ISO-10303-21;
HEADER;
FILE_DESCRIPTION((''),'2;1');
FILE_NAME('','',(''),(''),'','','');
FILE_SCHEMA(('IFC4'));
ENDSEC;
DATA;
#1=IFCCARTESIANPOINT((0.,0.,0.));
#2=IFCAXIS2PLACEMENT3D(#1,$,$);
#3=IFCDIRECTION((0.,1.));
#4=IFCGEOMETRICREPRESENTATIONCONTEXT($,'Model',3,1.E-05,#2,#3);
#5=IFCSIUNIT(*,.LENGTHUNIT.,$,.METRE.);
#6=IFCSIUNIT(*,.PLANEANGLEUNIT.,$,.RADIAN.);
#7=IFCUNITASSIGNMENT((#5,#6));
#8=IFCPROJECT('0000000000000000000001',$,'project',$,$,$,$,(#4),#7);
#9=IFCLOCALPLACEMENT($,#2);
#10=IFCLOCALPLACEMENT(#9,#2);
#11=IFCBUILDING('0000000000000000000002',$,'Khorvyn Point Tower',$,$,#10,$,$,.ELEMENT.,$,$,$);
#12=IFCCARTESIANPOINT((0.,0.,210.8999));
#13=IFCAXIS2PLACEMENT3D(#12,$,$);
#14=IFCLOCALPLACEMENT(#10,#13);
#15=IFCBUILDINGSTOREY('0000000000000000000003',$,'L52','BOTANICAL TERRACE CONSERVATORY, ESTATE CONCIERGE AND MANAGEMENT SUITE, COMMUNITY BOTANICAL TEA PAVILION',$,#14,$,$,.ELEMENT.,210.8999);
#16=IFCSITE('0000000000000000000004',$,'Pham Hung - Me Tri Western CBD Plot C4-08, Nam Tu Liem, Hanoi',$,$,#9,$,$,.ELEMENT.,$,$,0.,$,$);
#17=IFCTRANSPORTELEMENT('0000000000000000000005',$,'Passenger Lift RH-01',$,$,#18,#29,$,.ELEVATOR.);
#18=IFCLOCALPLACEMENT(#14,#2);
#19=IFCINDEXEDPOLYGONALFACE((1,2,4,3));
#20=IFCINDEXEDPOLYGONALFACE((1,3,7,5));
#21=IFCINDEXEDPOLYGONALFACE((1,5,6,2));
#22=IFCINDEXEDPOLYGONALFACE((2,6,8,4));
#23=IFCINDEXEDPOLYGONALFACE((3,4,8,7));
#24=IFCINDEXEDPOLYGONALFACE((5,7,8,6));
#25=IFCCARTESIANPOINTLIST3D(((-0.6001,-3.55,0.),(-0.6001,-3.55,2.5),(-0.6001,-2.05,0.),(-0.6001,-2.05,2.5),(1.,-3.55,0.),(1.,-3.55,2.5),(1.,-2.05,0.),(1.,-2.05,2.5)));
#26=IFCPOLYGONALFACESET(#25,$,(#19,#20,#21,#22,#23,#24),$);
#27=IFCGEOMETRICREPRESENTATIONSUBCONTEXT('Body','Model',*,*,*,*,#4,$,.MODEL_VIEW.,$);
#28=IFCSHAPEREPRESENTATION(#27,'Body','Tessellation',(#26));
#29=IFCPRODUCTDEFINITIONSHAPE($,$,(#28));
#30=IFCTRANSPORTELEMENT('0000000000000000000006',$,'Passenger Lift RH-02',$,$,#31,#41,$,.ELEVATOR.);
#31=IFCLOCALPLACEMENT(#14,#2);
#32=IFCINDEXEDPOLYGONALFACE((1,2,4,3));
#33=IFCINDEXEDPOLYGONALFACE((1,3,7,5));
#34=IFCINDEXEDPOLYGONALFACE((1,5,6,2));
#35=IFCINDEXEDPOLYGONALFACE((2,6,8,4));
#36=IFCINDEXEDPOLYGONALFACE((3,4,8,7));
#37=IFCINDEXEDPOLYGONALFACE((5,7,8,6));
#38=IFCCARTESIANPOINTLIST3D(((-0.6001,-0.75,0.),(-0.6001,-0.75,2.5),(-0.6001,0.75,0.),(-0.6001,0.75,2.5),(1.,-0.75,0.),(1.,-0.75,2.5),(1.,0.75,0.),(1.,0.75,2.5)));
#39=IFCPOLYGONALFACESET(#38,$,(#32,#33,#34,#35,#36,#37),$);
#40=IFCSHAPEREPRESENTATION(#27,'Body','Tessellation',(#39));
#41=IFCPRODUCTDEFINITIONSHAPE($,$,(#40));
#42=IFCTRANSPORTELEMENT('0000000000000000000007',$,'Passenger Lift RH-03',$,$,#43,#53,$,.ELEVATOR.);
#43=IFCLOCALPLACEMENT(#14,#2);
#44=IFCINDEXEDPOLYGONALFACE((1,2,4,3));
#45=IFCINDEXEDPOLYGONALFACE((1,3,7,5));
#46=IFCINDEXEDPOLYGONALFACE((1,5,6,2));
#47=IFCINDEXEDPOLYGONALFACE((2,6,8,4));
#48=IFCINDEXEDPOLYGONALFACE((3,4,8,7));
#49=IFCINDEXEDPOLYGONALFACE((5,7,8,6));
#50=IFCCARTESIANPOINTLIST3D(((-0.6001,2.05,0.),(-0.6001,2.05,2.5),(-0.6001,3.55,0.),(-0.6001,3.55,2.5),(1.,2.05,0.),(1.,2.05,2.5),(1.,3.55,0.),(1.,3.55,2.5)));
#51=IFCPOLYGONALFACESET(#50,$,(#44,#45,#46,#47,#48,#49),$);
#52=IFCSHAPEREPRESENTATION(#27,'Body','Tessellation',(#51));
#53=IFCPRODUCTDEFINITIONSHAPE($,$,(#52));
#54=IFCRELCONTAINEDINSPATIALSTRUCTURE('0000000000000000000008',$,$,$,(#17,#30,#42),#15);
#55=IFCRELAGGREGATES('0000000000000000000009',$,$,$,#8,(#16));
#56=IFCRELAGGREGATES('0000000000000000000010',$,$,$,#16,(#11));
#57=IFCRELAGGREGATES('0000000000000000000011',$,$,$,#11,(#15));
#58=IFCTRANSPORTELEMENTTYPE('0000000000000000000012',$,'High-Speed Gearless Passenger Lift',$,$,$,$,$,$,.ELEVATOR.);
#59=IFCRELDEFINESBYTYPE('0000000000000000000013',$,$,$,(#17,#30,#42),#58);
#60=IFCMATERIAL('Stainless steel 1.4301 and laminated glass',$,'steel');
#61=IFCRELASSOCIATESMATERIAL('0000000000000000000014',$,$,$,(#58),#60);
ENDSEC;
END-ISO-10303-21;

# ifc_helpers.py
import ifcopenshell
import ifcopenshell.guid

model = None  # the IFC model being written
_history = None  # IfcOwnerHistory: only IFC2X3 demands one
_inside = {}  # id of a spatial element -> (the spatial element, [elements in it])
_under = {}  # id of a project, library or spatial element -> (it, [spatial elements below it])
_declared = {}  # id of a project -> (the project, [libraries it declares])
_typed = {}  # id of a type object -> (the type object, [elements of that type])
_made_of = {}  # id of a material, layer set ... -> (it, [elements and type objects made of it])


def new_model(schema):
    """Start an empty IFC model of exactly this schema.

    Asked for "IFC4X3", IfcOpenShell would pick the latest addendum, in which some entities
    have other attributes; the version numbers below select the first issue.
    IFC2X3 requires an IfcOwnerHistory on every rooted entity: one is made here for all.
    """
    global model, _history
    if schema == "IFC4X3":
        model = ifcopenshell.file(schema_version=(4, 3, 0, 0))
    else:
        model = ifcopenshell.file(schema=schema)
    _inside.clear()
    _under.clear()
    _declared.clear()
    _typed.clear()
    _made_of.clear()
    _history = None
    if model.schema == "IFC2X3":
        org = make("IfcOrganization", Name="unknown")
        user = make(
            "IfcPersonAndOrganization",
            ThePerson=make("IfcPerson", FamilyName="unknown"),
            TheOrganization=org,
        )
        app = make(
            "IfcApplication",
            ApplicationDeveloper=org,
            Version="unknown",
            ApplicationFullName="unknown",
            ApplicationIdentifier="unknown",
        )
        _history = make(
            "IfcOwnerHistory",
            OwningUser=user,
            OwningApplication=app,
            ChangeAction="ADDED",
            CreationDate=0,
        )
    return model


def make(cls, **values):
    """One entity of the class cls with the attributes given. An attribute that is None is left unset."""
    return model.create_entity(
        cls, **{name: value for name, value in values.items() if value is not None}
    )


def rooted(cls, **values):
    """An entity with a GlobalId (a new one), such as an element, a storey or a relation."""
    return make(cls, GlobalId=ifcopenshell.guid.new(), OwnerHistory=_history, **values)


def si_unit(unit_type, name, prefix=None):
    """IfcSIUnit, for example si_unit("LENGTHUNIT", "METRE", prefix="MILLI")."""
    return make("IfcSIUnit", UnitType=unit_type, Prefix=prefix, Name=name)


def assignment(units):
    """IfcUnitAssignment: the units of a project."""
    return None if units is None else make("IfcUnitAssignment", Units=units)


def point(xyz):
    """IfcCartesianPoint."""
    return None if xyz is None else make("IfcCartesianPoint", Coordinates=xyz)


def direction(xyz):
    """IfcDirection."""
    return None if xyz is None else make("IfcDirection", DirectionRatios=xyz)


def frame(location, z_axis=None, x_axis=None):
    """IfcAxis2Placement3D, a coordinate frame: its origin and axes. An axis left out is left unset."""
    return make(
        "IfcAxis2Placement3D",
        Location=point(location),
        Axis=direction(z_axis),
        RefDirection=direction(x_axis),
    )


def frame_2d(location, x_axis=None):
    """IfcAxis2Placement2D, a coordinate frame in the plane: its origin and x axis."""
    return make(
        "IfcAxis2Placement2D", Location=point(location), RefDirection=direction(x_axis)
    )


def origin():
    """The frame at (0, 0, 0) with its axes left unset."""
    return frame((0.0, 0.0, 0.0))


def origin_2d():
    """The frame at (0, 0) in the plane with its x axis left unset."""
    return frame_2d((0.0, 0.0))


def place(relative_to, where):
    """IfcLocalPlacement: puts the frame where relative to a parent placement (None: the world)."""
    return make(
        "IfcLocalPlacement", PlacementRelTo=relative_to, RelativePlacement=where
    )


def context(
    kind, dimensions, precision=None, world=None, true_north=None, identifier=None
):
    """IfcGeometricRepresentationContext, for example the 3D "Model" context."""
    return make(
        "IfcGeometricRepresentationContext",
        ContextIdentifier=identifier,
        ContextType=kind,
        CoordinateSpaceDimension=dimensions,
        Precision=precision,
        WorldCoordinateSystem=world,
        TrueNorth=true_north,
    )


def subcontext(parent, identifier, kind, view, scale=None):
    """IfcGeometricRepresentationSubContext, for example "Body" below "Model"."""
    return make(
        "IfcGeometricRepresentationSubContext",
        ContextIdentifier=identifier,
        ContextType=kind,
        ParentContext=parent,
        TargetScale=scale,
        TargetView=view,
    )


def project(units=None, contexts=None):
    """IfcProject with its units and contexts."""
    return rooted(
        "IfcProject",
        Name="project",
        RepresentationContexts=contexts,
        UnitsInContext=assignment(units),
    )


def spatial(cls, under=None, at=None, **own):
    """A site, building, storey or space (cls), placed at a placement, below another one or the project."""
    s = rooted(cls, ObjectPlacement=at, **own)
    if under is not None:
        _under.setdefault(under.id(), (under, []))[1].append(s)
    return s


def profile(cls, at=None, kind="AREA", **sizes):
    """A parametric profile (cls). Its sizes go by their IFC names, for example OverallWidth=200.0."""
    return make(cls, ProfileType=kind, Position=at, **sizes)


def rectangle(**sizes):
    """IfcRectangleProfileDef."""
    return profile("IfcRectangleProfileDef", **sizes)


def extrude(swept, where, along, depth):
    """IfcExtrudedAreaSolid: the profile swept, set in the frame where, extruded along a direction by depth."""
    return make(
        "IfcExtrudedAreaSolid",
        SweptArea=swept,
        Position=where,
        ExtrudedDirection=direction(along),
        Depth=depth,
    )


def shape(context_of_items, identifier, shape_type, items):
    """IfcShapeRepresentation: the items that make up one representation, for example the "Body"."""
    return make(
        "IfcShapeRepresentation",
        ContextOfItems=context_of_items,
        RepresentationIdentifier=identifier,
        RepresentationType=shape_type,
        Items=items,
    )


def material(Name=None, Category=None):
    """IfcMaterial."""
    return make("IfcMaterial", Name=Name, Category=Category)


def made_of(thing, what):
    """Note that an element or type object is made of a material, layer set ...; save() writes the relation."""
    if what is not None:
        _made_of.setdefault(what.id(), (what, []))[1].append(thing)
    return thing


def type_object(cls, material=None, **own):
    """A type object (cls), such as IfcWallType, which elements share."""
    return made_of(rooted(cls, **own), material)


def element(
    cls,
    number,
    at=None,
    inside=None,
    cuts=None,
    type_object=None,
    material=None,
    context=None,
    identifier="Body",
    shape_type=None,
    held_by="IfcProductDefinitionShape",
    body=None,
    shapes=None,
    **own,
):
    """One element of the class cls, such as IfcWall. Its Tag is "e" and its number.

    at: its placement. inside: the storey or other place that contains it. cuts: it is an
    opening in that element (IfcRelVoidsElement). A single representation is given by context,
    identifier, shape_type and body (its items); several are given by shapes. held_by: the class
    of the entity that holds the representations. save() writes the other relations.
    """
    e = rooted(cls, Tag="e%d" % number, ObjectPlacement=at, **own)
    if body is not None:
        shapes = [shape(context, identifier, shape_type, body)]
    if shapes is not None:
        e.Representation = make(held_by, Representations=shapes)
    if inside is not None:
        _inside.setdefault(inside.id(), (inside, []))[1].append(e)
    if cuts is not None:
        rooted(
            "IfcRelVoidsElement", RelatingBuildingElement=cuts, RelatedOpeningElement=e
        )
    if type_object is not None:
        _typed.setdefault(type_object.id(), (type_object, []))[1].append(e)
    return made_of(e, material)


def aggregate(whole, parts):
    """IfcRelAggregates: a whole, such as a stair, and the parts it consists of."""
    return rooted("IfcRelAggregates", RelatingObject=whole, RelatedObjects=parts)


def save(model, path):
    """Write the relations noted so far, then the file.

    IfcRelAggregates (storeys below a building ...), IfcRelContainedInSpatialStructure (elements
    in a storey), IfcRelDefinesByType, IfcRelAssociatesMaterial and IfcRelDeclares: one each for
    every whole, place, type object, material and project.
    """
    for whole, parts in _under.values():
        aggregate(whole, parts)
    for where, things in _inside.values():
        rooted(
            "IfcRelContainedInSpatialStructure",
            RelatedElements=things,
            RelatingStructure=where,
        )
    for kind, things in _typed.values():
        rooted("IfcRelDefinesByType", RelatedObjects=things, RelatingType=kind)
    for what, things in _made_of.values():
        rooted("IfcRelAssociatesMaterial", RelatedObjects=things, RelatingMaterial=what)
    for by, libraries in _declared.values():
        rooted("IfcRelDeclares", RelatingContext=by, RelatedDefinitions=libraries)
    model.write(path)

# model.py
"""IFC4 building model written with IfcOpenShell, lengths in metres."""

from ifc_helpers import new_model, si_unit, direction, frame, origin, origin_2d, place, context, subcontext, project, spatial, rectangle, extrude, material, type_object, element, save


model = new_model("IFC4")

# Units and contexts
model_context = context("Model", 3, precision=1e-05, world=origin(), true_north=direction((0.0, 1.0)))
body_context = subcontext(model_context, "Body", "Model", "MODEL_VIEW")
ifc_project = project(units=[si_unit("LENGTHUNIT", "METRE"), si_unit("PLANEANGLEUNIT", "RADIAN")], contexts=[model_context])

# Site, building, storey
site_placement = place(None, origin())
site = spatial("IfcSite", under=ifc_project, at=site_placement, Name="Pham Hung - Me Tri Western CBD Plot C4-08, Nam Tu Liem, Hanoi", CompositionType="ELEMENT", RefElevation=0.0)
building_placement = place(site_placement, origin())
building = spatial("IfcBuilding", under=site, at=building_placement, Name="Khorvyn Point Tower", CompositionType="ELEMENT")
storey_placement = place(building_placement, frame((0.0, 0.0, 210.8999)))
storey = spatial("IfcBuildingStorey", under=building, at=storey_placement, Name="L52", Description="BOTANICAL TERRACE CONSERVATORY, ESTATE CONCIERGE AND MANAGEMENT SUITE, COMMUNITY BOTANICAL TEA PAVILION", CompositionType="ELEMENT", Elevation=210.8999)

# Transport elements
ifc_material_1 = material(Name="Stainless steel 1.4301 and laminated glass", Category="steel")
transport_element_type = type_object("IfcTransportElementType", Name="High-Speed Gearless Passenger Lift", PredefinedType="ELEVATOR", material=ifc_material_1)
for number, where, z_axis, x_axis, name in (
    (1, (0.2, -2.8, 0.0), (0.0, 0.0, 1.0), (1.0, 0.0, 0.0), "Passenger Lift RH-01"),
    (2, (0.2, 0.0, 0.0), (0.0, 0.0, 1.0), (1.0, 0.0, 0.0), "Passenger Lift RH-02"),
    (3, (0.2, 2.8, 0.0), (0.0, 0.0, 1.0), (1.0, 0.0, 0.0), "Passenger Lift RH-03"),
):
    element("IfcTransportElement", number, at=place(storey_placement, frame(where, z_axis=z_axis, x_axis=x_axis)), inside=storey, type_object=transport_element_type, Name=name, PredefinedType="ELEVATOR", context=body_context, shape_type="SweptSolid", body=[
        extrude(rectangle(XDim=1.6001, YDim=1.5, at=origin_2d()), origin(), (0.0, 0.0, 1.0), 2.5),
    ])

save(model, "model.ifc")
